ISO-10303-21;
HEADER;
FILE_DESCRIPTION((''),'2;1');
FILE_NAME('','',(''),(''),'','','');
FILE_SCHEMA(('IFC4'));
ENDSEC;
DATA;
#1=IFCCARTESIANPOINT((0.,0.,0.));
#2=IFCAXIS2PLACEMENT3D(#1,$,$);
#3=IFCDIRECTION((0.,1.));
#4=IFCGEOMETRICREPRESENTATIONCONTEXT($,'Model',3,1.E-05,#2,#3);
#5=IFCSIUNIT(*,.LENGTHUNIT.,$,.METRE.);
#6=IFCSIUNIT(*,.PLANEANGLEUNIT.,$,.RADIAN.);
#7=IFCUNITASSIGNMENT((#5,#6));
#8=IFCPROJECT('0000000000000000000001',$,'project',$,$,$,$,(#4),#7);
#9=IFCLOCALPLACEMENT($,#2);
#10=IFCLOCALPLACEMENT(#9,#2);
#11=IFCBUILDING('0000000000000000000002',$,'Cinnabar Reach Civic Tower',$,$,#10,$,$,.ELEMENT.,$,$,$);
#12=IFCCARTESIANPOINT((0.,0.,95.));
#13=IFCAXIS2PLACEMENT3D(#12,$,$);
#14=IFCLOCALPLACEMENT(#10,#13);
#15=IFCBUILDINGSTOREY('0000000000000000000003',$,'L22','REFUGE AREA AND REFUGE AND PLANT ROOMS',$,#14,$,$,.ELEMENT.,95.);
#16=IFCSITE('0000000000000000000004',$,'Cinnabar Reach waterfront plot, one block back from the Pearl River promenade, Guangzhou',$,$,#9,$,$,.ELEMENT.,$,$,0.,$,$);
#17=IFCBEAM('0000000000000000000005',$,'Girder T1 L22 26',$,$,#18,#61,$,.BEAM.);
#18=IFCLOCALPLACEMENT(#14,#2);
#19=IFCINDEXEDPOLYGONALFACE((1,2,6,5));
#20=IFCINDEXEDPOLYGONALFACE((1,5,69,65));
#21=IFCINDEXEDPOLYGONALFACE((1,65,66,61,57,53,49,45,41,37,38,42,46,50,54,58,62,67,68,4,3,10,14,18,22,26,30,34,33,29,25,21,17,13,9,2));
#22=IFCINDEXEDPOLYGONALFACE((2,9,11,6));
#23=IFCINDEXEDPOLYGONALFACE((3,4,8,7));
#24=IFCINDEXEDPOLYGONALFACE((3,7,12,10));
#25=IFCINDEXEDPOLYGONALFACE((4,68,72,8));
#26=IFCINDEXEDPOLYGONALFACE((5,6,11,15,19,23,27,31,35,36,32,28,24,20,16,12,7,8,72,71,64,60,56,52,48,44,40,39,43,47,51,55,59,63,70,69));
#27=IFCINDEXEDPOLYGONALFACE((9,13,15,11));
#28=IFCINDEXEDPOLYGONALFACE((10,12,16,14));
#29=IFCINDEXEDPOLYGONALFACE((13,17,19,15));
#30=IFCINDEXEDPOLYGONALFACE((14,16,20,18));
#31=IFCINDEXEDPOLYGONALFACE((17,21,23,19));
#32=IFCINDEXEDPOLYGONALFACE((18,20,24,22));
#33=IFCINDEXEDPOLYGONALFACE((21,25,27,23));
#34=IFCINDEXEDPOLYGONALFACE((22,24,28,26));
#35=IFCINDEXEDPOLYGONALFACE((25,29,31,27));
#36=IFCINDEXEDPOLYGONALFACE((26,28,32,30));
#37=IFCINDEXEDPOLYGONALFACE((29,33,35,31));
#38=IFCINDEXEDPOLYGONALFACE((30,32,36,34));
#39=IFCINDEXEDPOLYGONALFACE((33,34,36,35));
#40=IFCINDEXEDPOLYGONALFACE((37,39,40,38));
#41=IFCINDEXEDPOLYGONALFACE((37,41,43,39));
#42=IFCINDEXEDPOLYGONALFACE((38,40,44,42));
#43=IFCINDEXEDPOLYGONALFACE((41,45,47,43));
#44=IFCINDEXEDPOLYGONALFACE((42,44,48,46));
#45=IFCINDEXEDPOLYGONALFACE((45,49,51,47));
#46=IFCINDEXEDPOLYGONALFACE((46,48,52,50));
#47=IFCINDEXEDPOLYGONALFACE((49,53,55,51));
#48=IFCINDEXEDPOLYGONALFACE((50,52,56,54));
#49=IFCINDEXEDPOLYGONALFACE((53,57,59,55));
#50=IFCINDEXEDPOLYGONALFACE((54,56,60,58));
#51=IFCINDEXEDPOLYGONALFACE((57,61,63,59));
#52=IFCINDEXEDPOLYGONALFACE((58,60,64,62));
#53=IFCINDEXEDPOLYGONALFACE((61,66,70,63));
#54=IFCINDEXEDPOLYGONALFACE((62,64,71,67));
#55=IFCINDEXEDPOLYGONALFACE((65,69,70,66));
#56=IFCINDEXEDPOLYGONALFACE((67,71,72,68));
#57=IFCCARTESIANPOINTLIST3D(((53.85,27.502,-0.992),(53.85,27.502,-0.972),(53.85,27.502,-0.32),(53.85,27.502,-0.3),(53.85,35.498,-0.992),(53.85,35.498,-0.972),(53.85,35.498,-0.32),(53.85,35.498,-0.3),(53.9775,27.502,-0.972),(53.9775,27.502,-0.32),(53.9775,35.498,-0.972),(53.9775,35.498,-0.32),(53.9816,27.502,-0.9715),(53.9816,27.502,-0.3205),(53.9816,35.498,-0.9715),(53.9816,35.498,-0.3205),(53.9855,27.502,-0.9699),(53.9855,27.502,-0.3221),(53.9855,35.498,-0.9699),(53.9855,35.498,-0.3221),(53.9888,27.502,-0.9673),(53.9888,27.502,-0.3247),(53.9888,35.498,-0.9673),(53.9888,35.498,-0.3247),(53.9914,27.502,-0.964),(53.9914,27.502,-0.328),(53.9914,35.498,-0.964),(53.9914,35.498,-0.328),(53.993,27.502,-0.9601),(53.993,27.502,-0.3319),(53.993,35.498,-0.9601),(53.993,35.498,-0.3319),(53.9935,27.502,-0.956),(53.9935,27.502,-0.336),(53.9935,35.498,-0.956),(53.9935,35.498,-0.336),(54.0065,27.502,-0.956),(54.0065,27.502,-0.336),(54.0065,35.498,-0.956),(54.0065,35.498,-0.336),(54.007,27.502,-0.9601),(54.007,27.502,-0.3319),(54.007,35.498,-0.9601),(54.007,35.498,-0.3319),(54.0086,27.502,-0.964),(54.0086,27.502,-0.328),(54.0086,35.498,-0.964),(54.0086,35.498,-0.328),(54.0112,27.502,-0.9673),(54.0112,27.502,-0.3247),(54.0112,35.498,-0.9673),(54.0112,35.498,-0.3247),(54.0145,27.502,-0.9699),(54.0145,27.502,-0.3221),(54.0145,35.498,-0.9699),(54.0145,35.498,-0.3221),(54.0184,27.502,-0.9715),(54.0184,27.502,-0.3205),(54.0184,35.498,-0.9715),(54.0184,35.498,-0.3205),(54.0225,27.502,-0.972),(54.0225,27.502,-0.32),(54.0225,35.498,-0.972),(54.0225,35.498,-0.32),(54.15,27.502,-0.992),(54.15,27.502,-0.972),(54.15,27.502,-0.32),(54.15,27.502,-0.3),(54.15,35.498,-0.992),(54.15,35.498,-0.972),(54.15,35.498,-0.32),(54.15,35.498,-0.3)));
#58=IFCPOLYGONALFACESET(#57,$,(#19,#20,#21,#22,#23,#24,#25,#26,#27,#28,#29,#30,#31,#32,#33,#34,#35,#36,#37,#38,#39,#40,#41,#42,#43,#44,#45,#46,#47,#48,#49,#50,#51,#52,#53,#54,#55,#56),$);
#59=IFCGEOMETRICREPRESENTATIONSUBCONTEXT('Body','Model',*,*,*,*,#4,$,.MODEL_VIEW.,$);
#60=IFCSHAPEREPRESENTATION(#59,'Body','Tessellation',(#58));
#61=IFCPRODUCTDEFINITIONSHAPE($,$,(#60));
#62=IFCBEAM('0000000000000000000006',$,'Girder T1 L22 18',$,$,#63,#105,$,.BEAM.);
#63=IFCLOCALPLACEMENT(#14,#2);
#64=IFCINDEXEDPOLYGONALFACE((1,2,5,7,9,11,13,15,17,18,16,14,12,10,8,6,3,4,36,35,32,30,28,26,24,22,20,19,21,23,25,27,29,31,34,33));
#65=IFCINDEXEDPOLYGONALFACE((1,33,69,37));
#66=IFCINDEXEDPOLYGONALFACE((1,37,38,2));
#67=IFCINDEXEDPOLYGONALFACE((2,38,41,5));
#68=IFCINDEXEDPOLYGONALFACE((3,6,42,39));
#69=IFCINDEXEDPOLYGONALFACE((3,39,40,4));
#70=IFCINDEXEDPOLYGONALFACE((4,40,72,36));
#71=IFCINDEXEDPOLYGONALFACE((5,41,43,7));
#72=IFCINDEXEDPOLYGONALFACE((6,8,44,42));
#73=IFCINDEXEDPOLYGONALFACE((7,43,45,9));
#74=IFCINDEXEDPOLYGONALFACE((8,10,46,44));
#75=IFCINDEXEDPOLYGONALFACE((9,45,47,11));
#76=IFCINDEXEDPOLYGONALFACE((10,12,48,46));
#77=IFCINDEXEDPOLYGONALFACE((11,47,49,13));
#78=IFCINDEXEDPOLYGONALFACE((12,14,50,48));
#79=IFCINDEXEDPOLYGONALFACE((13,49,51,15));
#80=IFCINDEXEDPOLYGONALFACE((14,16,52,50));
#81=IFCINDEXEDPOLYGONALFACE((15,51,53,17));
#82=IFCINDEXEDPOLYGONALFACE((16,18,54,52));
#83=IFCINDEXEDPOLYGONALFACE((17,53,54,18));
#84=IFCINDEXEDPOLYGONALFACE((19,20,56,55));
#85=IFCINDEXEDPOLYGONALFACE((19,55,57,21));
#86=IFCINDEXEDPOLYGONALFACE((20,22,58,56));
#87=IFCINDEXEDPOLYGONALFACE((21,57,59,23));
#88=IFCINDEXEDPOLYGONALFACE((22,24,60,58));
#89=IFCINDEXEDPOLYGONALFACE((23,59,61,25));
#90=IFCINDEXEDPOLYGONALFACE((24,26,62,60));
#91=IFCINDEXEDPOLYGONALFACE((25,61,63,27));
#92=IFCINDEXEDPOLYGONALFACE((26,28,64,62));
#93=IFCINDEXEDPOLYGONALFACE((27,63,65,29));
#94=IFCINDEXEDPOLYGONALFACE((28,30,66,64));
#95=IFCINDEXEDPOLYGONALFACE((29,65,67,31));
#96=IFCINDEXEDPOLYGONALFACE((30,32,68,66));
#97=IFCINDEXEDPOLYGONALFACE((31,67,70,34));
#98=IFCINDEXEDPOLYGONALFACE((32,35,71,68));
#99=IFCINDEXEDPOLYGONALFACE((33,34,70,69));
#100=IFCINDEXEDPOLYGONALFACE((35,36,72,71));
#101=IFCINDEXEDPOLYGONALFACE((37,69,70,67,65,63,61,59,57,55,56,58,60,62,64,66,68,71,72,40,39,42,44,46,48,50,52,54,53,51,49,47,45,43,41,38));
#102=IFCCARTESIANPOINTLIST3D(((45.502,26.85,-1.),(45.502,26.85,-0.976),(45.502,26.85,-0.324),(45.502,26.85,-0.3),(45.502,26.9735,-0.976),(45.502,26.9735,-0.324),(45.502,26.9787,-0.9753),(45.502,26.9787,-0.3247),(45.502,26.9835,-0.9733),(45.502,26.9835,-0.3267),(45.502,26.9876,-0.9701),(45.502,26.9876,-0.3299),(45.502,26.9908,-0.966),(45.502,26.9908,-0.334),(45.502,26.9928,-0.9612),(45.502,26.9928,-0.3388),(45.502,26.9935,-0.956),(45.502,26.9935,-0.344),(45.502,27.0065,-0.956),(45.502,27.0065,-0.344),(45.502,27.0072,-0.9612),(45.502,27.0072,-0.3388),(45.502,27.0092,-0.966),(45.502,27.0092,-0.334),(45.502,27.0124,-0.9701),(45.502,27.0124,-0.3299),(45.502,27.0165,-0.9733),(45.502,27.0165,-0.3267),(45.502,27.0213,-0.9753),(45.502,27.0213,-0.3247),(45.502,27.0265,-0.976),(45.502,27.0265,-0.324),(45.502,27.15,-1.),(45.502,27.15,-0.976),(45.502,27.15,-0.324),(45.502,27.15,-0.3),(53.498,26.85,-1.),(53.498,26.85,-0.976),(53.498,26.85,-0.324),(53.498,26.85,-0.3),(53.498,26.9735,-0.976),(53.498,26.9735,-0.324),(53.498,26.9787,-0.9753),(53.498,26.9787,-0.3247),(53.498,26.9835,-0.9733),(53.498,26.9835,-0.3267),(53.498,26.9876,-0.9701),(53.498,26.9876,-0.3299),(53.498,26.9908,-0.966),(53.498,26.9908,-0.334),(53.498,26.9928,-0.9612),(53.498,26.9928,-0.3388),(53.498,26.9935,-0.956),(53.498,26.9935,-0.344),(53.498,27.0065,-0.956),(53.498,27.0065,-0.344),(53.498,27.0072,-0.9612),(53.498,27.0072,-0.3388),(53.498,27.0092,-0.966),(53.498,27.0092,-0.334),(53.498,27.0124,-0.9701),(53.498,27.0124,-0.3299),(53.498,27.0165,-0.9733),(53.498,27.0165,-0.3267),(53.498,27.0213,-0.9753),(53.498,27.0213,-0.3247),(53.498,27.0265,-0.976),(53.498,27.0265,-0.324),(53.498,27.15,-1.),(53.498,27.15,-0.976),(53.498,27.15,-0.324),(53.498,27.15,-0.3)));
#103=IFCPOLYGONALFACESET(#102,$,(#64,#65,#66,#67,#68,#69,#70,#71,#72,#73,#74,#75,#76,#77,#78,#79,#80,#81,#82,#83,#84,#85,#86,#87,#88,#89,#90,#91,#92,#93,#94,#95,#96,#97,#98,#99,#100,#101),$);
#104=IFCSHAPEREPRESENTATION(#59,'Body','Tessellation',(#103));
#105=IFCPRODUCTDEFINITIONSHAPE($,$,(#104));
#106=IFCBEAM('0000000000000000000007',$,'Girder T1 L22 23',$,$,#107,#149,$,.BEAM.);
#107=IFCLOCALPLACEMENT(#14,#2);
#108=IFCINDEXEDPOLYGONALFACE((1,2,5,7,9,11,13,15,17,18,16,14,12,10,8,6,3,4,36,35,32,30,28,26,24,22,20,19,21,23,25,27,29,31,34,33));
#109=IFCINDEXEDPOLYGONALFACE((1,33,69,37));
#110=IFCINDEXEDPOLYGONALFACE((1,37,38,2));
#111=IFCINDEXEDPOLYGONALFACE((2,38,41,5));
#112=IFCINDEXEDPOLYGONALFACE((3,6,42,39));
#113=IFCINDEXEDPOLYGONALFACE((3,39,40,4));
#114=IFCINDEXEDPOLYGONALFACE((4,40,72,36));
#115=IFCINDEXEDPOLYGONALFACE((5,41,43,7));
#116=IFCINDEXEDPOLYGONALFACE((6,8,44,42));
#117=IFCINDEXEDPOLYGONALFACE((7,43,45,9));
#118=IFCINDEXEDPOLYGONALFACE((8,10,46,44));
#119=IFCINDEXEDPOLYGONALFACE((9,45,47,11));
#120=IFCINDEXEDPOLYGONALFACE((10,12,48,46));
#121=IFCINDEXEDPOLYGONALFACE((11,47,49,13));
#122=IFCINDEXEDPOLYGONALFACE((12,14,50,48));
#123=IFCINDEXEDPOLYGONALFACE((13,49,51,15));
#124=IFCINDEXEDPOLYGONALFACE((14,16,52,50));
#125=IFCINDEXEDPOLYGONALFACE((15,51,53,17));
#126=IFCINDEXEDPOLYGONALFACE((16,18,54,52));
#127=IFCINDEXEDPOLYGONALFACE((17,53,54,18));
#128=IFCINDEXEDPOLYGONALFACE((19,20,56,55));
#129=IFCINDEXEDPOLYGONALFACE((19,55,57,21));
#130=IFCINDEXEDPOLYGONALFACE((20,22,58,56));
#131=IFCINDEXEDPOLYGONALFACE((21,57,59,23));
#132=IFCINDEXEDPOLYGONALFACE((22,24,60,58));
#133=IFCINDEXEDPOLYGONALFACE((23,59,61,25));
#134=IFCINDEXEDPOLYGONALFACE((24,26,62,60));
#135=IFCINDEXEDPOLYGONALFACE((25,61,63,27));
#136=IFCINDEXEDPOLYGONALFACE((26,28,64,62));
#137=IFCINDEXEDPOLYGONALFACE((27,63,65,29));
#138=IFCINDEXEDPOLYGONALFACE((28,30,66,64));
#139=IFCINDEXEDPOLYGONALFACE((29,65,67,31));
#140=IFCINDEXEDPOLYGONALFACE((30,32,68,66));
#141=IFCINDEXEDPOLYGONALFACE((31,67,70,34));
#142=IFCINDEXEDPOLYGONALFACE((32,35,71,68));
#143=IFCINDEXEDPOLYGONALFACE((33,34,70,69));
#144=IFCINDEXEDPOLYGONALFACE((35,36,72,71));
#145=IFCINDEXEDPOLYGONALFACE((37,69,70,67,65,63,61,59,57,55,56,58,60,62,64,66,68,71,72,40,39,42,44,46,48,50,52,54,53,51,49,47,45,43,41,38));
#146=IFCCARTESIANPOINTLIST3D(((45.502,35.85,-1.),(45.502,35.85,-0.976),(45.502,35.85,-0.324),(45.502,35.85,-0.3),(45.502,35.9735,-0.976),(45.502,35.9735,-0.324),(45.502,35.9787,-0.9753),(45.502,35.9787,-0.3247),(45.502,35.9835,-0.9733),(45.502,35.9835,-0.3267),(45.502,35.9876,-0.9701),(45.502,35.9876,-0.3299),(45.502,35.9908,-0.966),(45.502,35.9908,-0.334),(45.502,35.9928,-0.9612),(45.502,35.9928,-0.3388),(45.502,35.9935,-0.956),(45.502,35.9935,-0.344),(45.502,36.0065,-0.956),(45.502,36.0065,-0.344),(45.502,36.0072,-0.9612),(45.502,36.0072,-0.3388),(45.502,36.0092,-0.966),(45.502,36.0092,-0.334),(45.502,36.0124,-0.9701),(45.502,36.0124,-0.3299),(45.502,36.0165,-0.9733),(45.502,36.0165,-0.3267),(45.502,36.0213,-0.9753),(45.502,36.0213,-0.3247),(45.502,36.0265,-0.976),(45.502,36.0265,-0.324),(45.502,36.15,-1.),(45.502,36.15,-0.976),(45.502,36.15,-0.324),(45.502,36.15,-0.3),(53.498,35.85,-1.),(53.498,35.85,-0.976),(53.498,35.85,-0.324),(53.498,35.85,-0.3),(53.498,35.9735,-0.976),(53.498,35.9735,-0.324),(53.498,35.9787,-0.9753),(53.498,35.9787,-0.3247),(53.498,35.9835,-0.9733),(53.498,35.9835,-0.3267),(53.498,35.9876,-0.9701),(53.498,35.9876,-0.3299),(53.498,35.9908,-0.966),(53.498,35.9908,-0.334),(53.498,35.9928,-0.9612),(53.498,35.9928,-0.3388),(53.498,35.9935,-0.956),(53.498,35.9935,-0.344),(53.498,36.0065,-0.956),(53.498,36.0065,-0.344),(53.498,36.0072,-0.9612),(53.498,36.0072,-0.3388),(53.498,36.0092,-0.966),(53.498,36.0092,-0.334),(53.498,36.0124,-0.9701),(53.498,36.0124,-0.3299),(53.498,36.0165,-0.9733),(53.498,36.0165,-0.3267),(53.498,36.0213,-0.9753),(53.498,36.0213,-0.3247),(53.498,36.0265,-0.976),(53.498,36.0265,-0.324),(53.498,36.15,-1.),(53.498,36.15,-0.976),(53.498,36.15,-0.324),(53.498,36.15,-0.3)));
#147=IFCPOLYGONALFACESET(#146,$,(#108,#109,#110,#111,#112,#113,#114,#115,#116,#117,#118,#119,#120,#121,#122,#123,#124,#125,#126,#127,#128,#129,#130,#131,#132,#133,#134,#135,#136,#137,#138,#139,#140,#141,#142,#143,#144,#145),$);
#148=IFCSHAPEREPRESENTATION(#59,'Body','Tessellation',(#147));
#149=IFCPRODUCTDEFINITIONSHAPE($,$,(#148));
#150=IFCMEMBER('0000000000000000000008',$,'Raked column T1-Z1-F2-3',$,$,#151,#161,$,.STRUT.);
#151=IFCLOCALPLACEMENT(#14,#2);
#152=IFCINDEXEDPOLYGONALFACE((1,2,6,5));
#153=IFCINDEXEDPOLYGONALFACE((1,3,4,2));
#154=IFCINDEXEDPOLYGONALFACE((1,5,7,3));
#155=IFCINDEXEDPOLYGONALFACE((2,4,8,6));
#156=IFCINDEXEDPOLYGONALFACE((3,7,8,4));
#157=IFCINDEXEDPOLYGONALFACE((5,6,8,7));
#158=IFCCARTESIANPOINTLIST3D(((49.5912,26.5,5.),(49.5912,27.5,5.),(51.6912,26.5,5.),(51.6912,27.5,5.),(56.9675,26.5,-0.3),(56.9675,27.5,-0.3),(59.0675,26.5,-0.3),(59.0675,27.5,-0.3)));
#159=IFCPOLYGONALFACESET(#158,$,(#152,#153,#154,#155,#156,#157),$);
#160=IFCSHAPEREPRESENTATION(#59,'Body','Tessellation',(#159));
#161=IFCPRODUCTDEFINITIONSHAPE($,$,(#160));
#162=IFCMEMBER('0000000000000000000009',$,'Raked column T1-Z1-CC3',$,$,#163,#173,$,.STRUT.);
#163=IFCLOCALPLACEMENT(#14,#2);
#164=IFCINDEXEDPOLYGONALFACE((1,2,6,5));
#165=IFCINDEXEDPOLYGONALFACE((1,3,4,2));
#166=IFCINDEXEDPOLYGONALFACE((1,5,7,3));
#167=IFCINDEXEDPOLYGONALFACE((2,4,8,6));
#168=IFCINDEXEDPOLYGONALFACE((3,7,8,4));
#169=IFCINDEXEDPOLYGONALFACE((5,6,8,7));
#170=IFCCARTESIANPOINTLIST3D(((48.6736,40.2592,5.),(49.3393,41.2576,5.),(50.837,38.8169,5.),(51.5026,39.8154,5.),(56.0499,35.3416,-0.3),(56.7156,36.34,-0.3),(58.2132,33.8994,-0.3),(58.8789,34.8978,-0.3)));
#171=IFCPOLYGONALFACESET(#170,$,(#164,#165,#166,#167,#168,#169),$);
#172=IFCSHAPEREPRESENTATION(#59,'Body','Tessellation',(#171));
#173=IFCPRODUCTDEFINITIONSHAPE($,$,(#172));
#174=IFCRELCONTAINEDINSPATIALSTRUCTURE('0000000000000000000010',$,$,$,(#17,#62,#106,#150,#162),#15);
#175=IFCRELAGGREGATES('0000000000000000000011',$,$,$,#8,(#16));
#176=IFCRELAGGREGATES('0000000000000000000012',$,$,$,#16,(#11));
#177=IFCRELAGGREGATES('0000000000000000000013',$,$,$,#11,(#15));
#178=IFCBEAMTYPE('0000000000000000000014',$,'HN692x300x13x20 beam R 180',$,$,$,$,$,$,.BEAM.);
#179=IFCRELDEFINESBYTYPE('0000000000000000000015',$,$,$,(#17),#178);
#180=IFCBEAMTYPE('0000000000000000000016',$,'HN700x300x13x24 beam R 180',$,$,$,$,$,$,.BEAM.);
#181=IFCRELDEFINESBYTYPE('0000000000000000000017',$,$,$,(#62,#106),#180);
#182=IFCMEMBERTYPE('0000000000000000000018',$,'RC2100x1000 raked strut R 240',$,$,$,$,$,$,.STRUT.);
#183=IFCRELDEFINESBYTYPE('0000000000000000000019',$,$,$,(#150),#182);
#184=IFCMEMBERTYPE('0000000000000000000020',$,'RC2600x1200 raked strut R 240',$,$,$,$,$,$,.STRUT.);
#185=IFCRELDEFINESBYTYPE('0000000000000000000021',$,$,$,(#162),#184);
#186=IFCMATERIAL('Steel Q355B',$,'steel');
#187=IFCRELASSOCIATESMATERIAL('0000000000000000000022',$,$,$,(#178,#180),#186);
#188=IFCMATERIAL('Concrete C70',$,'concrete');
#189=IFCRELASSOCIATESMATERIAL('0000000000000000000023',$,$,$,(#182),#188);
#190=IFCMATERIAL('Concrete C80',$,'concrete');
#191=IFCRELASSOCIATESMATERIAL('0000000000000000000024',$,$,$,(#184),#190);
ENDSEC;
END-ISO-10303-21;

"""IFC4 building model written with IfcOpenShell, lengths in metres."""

from ifc_helpers import new_model, si_unit, direction, frame, origin, origin_2d, place, context, subcontext, project, spatial, rectangle, i_section, extrude, material, material_profile, profile_set, type_object, element, save


model = new_model("IFC4")

# Units and contexts
model_context = context("Model", 3, precision=1e-05, world=origin(), true_north=direction((0.0, 1.0)))
body_context = subcontext(model_context, "Body", "Model", "MODEL_VIEW")
ifc_project = project(units=[si_unit("LENGTHUNIT", "METRE"), si_unit("PLANEANGLEUNIT", "RADIAN")], contexts=[model_context])

# Site, building, storey
site_placement = place(None, origin())
site = spatial("IfcSite", under=ifc_project, at=site_placement, Name="Cinnabar Reach waterfront plot, one block back from the Pearl River promenade, Guangzhou", CompositionType="ELEMENT", RefElevation=0.0)
building_placement = place(site_placement, origin())
building = spatial("IfcBuilding", under=site, at=building_placement, Name="Cinnabar Reach Civic Tower", CompositionType="ELEMENT")
storey_placement = place(building_placement, frame((0.0, 0.0, 95.0)))
storey = spatial("IfcBuildingStorey", under=building, at=storey_placement, Name="L22", Description="REFUGE AREA AND REFUGE AND PLANT ROOMS", CompositionType="ELEMENT", Elevation=95.0)

# Shared definitions
ifc_material_1 = material(Name="Concrete C70", Category="concrete")
ifc_material_2 = material(Name="Concrete C80", Category="concrete")

# Beams
ifc_material_3 = material(Name="Steel Q355B", Category="steel")
ifc_material_profile_1 = material_profile(ifc_material_3, i_section(OverallWidth=0.3, OverallDepth=0.692, WebThickness=0.013, FlangeThickness=0.02, FilletRadius=0.016, at=origin_2d()), Name="HN692x300x13x20")
ifc_profile_set_1 = profile_set([ifc_material_profile_1], Name="Steel Q355B")
beam_type_1 = type_object("IfcBeamType", Name="HN692x300x13x20 beam R 180", PredefinedType="BEAM", material=ifc_profile_set_1)
beam_1_placement = place(storey_placement, frame((54.0, 27.502, -0.646), z_axis=(0.0, 1.0, 0.0), x_axis=(-1.0, 0.0, 0.0)))
element("IfcBeam", 1, at=beam_1_placement, inside=storey, type_object=beam_type_1, Name="Girder T1 L22 26", PredefinedType="BEAM", context=body_context, shape_type="SweptSolid", body=[
    extrude(i_section(OverallWidth=0.3, OverallDepth=0.692, WebThickness=0.013, FlangeThickness=0.02, FilletRadius=0.016, at=origin_2d()), origin(), (0.0, 0.0, 1.0), 7.996),
])
ifc_material_profile_2 = material_profile(ifc_material_3, i_section(OverallWidth=0.3, OverallDepth=0.7, WebThickness=0.013, FlangeThickness=0.024, FilletRadius=0.02, at=origin_2d()), Name="HN700x300x13x24")
ifc_profile_set_2 = profile_set([ifc_material_profile_2], Name="Steel Q355B")
beam_type_2 = type_object("IfcBeamType", Name="HN700x300x13x24 beam R 180", PredefinedType="BEAM", material=ifc_profile_set_2)
for number, where, z_axis, x_axis, name in (
    (2, (45.502, 27.0, -0.65), (1.0, 0.0, 0.0), (0.0, 1.0, 0.0), "Girder T1 L22 18"),
    (3, (45.502, 36.0, -0.65), (1.0, 0.0, 0.0), (0.0, 1.0, 0.0), "Girder T1 L22 23"),
):
    element("IfcBeam", number, at=place(storey_placement, frame(where, z_axis=z_axis, x_axis=x_axis)), inside=storey, type_object=beam_type_2, Name=name, PredefinedType="BEAM", context=body_context, shape_type="SweptSolid", body=[
        extrude(i_section(OverallWidth=0.3, OverallDepth=0.7, WebThickness=0.013, FlangeThickness=0.024, FilletRadius=0.02, at=origin_2d()), origin(), (0.0, 0.0, 1.0), 7.996),
    ])

# Members
ifc_material_profile_3 = material_profile(ifc_material_1, rectangle(XDim=2.1, YDim=1.0, at=origin_2d()), Name="RC2100x1000")
ifc_profile_set_3 = profile_set([ifc_material_profile_3], Name="Concrete C70")
member_type_1 = type_object("IfcMemberType", Name="RC2100x1000 raked strut R 240", PredefinedType="STRUT", material=ifc_profile_set_3)
member_1_placement = place(storey_placement, frame((58.0175, 27.0, -0.3), z_axis=(0.0, 0.0, 1.0), x_axis=(-1.0, 0.0, 0.0)))
element("IfcMember", 4, at=member_1_placement, inside=storey, type_object=member_type_1, Name="Raked column T1-Z1-F2-3", PredefinedType="STRUT", context=body_context, shape_type="SweptSolid", body=[
    extrude(rectangle(XDim=2.1, YDim=1.0, at=origin_2d()), origin(), (0.812105, 0.0, 0.583511), 9.0829),
])
ifc_material_profile_4 = material_profile(ifc_material_2, rectangle(XDim=2.6, YDim=1.2, at=origin_2d()), Name="RC2600x1200")
ifc_profile_set_4 = profile_set([ifc_material_profile_4], Name="Concrete C80")
member_type_2 = type_object("IfcMemberType", Name="RC2600x1200 raked strut R 240", PredefinedType="STRUT", material=ifc_profile_set_4)
member_2_placement = place(storey_placement, frame((57.4644, 35.1197, -0.3), z_axis=(0.0, 0.0, 1.0), x_axis=(-0.832051, 0.554699, 0.0)))
element("IfcMember", 5, at=member_2_placement, inside=storey, type_object=member_type_2, Name="Raked column T1-Z1-CC3", PredefinedType="STRUT", context=body_context, shape_type="SweptSolid", body=[
    extrude(rectangle(XDim=2.6, YDim=1.2, at=origin_2d()), origin(), (0.85831, -0.000006, 0.513132), 10.3287),
])

save(model, "model.ifc")
